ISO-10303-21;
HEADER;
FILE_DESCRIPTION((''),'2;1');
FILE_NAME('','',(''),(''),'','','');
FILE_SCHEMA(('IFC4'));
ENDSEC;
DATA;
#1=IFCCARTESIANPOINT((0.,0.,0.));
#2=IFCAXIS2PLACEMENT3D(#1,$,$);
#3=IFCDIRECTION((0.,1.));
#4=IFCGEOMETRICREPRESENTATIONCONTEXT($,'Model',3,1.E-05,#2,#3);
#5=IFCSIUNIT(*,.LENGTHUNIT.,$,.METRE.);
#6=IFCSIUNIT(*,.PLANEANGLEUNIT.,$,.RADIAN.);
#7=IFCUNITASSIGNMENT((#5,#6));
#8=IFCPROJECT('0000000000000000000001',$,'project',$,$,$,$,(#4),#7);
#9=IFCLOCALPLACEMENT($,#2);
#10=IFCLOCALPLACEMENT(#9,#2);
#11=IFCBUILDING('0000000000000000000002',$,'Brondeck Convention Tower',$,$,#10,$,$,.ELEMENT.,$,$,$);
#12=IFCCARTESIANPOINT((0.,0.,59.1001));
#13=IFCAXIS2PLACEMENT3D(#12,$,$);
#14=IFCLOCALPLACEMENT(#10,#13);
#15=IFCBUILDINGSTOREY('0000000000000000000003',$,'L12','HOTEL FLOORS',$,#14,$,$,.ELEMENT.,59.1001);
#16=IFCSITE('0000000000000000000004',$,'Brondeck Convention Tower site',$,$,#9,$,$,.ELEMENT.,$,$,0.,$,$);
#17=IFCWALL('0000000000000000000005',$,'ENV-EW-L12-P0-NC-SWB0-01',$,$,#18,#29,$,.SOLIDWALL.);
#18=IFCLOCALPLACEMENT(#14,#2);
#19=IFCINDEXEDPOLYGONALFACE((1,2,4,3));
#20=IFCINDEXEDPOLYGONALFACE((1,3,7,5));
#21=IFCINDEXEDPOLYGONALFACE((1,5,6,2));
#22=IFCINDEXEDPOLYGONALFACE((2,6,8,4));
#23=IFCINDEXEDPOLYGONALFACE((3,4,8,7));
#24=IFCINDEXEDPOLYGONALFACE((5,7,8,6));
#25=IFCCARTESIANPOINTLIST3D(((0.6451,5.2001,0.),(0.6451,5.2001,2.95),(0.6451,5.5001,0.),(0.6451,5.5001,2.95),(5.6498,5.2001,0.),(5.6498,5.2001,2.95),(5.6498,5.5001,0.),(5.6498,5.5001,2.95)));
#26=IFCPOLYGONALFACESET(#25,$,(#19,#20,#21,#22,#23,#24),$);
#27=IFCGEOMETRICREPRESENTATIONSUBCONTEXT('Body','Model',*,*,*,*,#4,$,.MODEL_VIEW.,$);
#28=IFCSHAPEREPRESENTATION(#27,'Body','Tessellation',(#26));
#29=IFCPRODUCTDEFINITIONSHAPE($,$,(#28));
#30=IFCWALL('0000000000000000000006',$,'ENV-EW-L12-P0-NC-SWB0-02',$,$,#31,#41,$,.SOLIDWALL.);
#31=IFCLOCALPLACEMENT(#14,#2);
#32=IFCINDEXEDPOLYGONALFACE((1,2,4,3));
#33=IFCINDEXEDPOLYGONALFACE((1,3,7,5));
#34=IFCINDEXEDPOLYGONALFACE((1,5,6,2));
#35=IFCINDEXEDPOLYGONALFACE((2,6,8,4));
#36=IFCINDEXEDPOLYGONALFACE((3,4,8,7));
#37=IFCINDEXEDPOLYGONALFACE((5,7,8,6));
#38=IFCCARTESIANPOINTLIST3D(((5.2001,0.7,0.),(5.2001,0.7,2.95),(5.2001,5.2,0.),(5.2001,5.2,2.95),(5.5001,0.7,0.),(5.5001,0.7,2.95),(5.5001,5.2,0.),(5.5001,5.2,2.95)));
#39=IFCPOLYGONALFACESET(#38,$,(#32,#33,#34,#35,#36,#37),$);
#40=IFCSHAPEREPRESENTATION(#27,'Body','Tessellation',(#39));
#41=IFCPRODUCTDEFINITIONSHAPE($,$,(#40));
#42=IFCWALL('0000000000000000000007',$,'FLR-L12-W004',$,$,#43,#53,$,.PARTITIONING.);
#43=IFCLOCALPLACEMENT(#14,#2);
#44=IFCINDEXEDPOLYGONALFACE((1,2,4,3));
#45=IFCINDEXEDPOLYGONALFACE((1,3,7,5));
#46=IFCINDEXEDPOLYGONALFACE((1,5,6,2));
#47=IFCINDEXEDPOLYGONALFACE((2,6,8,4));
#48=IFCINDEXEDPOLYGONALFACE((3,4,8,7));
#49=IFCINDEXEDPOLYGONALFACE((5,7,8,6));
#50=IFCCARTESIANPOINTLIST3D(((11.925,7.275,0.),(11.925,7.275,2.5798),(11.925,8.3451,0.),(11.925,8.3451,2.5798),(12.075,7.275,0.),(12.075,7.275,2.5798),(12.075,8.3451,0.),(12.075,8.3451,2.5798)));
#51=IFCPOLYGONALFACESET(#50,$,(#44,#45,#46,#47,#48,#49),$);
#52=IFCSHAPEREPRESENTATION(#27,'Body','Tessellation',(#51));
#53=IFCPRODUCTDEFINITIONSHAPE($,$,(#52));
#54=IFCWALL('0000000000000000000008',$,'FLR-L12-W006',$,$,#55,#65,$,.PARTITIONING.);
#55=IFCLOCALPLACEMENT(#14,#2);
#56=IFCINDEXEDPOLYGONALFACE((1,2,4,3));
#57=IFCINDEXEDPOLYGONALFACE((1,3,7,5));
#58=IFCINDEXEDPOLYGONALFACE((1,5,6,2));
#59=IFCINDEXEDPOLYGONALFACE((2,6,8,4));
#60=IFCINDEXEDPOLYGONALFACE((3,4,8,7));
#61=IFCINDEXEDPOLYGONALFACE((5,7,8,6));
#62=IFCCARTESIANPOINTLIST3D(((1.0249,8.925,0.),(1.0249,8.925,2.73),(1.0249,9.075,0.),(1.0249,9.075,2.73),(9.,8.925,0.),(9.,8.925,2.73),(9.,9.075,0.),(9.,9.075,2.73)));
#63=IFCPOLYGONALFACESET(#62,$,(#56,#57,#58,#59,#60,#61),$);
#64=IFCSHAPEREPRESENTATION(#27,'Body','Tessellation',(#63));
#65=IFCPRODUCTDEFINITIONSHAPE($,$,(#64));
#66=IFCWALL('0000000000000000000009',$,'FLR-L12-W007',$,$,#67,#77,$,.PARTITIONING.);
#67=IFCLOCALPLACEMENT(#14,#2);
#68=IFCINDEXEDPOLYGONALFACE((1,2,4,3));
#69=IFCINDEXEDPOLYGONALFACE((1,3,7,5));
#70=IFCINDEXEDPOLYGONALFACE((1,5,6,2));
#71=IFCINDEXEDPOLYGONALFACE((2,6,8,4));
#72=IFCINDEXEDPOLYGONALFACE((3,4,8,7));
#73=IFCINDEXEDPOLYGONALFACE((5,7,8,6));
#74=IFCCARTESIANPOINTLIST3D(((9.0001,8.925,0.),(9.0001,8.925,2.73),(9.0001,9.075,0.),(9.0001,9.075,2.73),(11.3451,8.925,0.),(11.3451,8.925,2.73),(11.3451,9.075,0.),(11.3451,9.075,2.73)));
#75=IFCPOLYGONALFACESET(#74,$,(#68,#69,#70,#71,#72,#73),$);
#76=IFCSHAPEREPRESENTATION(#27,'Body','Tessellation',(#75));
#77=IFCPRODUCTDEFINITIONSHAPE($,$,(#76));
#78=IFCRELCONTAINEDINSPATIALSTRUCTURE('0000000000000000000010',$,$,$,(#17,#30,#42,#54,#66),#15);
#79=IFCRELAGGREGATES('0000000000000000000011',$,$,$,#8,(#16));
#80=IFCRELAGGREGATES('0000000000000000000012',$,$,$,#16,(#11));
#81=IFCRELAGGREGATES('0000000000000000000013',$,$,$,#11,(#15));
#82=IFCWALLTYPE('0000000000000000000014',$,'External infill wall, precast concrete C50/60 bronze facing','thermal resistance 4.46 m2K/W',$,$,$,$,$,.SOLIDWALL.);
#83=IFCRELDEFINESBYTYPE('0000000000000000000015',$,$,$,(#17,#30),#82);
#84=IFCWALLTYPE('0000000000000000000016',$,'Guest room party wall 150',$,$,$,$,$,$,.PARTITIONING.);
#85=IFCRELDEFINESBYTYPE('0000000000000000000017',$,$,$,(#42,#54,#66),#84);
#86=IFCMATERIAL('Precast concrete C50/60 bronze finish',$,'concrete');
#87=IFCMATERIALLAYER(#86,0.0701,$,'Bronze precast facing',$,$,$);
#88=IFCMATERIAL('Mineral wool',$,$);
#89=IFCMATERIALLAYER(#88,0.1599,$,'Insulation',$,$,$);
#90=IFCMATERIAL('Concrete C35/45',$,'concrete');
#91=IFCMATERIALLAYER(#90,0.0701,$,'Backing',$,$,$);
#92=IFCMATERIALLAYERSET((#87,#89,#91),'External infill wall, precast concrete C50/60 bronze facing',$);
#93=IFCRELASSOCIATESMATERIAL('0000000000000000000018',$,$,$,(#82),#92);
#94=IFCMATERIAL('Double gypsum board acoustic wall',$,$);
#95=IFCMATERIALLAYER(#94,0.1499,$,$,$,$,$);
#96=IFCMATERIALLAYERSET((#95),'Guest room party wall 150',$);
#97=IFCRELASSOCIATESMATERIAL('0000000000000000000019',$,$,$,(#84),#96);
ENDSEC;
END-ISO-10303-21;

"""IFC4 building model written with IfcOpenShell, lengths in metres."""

from ifc_helpers import new_model, si_unit, direction, frame, frame_2d, origin, place, context, subcontext, project, spatial, rectangle, extrude, material, layer, layer_set, type_object, element, save


model = new_model("IFC4")

# Units and contexts
model_context = context("Model", 3, precision=1e-05, world=origin(), true_north=direction((0.0, 1.0)))
body_context = subcontext(model_context, "Body", "Model", "MODEL_VIEW")
ifc_project = project(units=[si_unit("LENGTHUNIT", "METRE"), si_unit("PLANEANGLEUNIT", "RADIAN")], contexts=[model_context])

# Site, building, storey
site_placement = place(None, origin())
site = spatial("IfcSite", under=ifc_project, at=site_placement, Name="Brondeck Convention Tower site", CompositionType="ELEMENT", RefElevation=0.0)
building_placement = place(site_placement, origin())
building = spatial("IfcBuilding", under=site, at=building_placement, Name="Brondeck Convention Tower", CompositionType="ELEMENT")
storey_placement = place(building_placement, frame((0.0, 0.0, 59.1001)))
storey = spatial("IfcBuildingStorey", under=building, at=storey_placement, Name="L12", Description="HOTEL FLOORS", CompositionType="ELEMENT", Elevation=59.1001)

# Shared definitions
ifc_material_1 = material(Name="Concrete C35/45", Category="concrete")

# Shared definitions
ifc_material_2 = material(Name="Precast concrete C50/60 bronze finish", Category="concrete")
ifc_layer_1 = layer(ifc_material_2, 0.0701, Name="Bronze precast facing")
ifc_material_3 = material(Name="Mineral wool")
ifc_layer_2 = layer(ifc_material_3, 0.1599, Name="Insulation")
ifc_layer_3 = layer(ifc_material_1, 0.0701, Name="Backing")
ifc_layer_set_1 = layer_set([ifc_layer_1, ifc_layer_2, ifc_layer_3], Name="External infill wall, precast concrete C50/60 bronze facing")
wall_type_1 = type_object("IfcWallType", Name="External infill wall, precast concrete C50/60 bronze facing", Description="thermal resistance 4.46 m2K/W", PredefinedType="SOLIDWALL", material=ifc_layer_set_1)

# Walls
wall_1_placement = place(storey_placement, frame((5.6499, 5.3501, 0.0), z_axis=(0.0, 0.0, 1.0), x_axis=(-1.0, 0.0, 0.0)))
element("IfcWall", 1, at=wall_1_placement, inside=storey, type_object=wall_type_1, Name="ENV-EW-L12-P0-NC-SWB0-01", PredefinedType="SOLIDWALL", context=body_context, shape_type="SweptSolid", body=[
    extrude(rectangle(XDim=5.0046, YDim=0.3, at=frame_2d((2.5024, 0.0))), origin(), (0.0, 0.0, 1.0), 2.95),
])
wall_2_placement = place(storey_placement, frame((5.3501, 0.7, 0.0), z_axis=(0.0, 0.0, 1.0), x_axis=(0.0, 1.0, 0.0)))
element("IfcWall", 2, at=wall_2_placement, inside=storey, type_object=wall_type_1, Name="ENV-EW-L12-P0-NC-SWB0-02", PredefinedType="SOLIDWALL", context=body_context, shape_type="SweptSolid", body=[
    extrude(rectangle(XDim=4.5, YDim=0.3, at=frame_2d((2.25, 0.0))), origin(), (0.0, 0.0, 1.0), 2.95),
])
ifc_material_4 = material(Name="Double gypsum board acoustic wall")
ifc_layer_4 = layer(ifc_material_4, 0.1499)
ifc_layer_set_2 = layer_set([ifc_layer_4], Name="Guest room party wall 150")
wall_type_2 = type_object("IfcWallType", Name="Guest room party wall 150", PredefinedType="PARTITIONING", material=ifc_layer_set_2)
wall_3_placement = place(storey_placement, frame((12.0, 7.2749, 0.0), z_axis=(0.0, 0.0, 1.0), x_axis=(0.0, 1.0, 0.0)))
element("IfcWall", 3, at=wall_3_placement, inside=storey, type_object=wall_type_2, Name="FLR-L12-W004", PredefinedType="PARTITIONING", context=body_context, shape_type="SweptSolid", body=[
    extrude(rectangle(XDim=1.0701, YDim=0.1499, at=frame_2d((0.5352, 0.0))), origin(), (0.0, 0.0, 1.0), 2.5798),
])
wall_4_placement = place(storey_placement, frame((9.0, 9.0, 0.0), z_axis=(0.0, 0.0, 1.0), x_axis=(-1.0, 0.0, 0.0)))
element("IfcWall", 4, at=wall_4_placement, inside=storey, type_object=wall_type_2, Name="FLR-L12-W006", PredefinedType="PARTITIONING", context=body_context, shape_type="SweptSolid", body=[
    extrude(rectangle(XDim=7.9751, YDim=0.1499, at=frame_2d((3.9875, 0.0))), origin(), (0.0, 0.0, 1.0), 2.73),
])
wall_5_placement = place(storey_placement, frame((11.345, 9.0, 0.0), z_axis=(0.0, 0.0, 1.0), x_axis=(-1.0, 0.0, 0.0)))
element("IfcWall", 5, at=wall_5_placement, inside=storey, type_object=wall_type_2, Name="FLR-L12-W007", PredefinedType="PARTITIONING", context=body_context, shape_type="SweptSolid", body=[
    extrude(rectangle(XDim=2.345, YDim=0.1499, at=frame_2d((1.1724, 0.0))), origin(), (0.0, 0.0, 1.0), 2.73),
])

save(model, "model.ifc")
